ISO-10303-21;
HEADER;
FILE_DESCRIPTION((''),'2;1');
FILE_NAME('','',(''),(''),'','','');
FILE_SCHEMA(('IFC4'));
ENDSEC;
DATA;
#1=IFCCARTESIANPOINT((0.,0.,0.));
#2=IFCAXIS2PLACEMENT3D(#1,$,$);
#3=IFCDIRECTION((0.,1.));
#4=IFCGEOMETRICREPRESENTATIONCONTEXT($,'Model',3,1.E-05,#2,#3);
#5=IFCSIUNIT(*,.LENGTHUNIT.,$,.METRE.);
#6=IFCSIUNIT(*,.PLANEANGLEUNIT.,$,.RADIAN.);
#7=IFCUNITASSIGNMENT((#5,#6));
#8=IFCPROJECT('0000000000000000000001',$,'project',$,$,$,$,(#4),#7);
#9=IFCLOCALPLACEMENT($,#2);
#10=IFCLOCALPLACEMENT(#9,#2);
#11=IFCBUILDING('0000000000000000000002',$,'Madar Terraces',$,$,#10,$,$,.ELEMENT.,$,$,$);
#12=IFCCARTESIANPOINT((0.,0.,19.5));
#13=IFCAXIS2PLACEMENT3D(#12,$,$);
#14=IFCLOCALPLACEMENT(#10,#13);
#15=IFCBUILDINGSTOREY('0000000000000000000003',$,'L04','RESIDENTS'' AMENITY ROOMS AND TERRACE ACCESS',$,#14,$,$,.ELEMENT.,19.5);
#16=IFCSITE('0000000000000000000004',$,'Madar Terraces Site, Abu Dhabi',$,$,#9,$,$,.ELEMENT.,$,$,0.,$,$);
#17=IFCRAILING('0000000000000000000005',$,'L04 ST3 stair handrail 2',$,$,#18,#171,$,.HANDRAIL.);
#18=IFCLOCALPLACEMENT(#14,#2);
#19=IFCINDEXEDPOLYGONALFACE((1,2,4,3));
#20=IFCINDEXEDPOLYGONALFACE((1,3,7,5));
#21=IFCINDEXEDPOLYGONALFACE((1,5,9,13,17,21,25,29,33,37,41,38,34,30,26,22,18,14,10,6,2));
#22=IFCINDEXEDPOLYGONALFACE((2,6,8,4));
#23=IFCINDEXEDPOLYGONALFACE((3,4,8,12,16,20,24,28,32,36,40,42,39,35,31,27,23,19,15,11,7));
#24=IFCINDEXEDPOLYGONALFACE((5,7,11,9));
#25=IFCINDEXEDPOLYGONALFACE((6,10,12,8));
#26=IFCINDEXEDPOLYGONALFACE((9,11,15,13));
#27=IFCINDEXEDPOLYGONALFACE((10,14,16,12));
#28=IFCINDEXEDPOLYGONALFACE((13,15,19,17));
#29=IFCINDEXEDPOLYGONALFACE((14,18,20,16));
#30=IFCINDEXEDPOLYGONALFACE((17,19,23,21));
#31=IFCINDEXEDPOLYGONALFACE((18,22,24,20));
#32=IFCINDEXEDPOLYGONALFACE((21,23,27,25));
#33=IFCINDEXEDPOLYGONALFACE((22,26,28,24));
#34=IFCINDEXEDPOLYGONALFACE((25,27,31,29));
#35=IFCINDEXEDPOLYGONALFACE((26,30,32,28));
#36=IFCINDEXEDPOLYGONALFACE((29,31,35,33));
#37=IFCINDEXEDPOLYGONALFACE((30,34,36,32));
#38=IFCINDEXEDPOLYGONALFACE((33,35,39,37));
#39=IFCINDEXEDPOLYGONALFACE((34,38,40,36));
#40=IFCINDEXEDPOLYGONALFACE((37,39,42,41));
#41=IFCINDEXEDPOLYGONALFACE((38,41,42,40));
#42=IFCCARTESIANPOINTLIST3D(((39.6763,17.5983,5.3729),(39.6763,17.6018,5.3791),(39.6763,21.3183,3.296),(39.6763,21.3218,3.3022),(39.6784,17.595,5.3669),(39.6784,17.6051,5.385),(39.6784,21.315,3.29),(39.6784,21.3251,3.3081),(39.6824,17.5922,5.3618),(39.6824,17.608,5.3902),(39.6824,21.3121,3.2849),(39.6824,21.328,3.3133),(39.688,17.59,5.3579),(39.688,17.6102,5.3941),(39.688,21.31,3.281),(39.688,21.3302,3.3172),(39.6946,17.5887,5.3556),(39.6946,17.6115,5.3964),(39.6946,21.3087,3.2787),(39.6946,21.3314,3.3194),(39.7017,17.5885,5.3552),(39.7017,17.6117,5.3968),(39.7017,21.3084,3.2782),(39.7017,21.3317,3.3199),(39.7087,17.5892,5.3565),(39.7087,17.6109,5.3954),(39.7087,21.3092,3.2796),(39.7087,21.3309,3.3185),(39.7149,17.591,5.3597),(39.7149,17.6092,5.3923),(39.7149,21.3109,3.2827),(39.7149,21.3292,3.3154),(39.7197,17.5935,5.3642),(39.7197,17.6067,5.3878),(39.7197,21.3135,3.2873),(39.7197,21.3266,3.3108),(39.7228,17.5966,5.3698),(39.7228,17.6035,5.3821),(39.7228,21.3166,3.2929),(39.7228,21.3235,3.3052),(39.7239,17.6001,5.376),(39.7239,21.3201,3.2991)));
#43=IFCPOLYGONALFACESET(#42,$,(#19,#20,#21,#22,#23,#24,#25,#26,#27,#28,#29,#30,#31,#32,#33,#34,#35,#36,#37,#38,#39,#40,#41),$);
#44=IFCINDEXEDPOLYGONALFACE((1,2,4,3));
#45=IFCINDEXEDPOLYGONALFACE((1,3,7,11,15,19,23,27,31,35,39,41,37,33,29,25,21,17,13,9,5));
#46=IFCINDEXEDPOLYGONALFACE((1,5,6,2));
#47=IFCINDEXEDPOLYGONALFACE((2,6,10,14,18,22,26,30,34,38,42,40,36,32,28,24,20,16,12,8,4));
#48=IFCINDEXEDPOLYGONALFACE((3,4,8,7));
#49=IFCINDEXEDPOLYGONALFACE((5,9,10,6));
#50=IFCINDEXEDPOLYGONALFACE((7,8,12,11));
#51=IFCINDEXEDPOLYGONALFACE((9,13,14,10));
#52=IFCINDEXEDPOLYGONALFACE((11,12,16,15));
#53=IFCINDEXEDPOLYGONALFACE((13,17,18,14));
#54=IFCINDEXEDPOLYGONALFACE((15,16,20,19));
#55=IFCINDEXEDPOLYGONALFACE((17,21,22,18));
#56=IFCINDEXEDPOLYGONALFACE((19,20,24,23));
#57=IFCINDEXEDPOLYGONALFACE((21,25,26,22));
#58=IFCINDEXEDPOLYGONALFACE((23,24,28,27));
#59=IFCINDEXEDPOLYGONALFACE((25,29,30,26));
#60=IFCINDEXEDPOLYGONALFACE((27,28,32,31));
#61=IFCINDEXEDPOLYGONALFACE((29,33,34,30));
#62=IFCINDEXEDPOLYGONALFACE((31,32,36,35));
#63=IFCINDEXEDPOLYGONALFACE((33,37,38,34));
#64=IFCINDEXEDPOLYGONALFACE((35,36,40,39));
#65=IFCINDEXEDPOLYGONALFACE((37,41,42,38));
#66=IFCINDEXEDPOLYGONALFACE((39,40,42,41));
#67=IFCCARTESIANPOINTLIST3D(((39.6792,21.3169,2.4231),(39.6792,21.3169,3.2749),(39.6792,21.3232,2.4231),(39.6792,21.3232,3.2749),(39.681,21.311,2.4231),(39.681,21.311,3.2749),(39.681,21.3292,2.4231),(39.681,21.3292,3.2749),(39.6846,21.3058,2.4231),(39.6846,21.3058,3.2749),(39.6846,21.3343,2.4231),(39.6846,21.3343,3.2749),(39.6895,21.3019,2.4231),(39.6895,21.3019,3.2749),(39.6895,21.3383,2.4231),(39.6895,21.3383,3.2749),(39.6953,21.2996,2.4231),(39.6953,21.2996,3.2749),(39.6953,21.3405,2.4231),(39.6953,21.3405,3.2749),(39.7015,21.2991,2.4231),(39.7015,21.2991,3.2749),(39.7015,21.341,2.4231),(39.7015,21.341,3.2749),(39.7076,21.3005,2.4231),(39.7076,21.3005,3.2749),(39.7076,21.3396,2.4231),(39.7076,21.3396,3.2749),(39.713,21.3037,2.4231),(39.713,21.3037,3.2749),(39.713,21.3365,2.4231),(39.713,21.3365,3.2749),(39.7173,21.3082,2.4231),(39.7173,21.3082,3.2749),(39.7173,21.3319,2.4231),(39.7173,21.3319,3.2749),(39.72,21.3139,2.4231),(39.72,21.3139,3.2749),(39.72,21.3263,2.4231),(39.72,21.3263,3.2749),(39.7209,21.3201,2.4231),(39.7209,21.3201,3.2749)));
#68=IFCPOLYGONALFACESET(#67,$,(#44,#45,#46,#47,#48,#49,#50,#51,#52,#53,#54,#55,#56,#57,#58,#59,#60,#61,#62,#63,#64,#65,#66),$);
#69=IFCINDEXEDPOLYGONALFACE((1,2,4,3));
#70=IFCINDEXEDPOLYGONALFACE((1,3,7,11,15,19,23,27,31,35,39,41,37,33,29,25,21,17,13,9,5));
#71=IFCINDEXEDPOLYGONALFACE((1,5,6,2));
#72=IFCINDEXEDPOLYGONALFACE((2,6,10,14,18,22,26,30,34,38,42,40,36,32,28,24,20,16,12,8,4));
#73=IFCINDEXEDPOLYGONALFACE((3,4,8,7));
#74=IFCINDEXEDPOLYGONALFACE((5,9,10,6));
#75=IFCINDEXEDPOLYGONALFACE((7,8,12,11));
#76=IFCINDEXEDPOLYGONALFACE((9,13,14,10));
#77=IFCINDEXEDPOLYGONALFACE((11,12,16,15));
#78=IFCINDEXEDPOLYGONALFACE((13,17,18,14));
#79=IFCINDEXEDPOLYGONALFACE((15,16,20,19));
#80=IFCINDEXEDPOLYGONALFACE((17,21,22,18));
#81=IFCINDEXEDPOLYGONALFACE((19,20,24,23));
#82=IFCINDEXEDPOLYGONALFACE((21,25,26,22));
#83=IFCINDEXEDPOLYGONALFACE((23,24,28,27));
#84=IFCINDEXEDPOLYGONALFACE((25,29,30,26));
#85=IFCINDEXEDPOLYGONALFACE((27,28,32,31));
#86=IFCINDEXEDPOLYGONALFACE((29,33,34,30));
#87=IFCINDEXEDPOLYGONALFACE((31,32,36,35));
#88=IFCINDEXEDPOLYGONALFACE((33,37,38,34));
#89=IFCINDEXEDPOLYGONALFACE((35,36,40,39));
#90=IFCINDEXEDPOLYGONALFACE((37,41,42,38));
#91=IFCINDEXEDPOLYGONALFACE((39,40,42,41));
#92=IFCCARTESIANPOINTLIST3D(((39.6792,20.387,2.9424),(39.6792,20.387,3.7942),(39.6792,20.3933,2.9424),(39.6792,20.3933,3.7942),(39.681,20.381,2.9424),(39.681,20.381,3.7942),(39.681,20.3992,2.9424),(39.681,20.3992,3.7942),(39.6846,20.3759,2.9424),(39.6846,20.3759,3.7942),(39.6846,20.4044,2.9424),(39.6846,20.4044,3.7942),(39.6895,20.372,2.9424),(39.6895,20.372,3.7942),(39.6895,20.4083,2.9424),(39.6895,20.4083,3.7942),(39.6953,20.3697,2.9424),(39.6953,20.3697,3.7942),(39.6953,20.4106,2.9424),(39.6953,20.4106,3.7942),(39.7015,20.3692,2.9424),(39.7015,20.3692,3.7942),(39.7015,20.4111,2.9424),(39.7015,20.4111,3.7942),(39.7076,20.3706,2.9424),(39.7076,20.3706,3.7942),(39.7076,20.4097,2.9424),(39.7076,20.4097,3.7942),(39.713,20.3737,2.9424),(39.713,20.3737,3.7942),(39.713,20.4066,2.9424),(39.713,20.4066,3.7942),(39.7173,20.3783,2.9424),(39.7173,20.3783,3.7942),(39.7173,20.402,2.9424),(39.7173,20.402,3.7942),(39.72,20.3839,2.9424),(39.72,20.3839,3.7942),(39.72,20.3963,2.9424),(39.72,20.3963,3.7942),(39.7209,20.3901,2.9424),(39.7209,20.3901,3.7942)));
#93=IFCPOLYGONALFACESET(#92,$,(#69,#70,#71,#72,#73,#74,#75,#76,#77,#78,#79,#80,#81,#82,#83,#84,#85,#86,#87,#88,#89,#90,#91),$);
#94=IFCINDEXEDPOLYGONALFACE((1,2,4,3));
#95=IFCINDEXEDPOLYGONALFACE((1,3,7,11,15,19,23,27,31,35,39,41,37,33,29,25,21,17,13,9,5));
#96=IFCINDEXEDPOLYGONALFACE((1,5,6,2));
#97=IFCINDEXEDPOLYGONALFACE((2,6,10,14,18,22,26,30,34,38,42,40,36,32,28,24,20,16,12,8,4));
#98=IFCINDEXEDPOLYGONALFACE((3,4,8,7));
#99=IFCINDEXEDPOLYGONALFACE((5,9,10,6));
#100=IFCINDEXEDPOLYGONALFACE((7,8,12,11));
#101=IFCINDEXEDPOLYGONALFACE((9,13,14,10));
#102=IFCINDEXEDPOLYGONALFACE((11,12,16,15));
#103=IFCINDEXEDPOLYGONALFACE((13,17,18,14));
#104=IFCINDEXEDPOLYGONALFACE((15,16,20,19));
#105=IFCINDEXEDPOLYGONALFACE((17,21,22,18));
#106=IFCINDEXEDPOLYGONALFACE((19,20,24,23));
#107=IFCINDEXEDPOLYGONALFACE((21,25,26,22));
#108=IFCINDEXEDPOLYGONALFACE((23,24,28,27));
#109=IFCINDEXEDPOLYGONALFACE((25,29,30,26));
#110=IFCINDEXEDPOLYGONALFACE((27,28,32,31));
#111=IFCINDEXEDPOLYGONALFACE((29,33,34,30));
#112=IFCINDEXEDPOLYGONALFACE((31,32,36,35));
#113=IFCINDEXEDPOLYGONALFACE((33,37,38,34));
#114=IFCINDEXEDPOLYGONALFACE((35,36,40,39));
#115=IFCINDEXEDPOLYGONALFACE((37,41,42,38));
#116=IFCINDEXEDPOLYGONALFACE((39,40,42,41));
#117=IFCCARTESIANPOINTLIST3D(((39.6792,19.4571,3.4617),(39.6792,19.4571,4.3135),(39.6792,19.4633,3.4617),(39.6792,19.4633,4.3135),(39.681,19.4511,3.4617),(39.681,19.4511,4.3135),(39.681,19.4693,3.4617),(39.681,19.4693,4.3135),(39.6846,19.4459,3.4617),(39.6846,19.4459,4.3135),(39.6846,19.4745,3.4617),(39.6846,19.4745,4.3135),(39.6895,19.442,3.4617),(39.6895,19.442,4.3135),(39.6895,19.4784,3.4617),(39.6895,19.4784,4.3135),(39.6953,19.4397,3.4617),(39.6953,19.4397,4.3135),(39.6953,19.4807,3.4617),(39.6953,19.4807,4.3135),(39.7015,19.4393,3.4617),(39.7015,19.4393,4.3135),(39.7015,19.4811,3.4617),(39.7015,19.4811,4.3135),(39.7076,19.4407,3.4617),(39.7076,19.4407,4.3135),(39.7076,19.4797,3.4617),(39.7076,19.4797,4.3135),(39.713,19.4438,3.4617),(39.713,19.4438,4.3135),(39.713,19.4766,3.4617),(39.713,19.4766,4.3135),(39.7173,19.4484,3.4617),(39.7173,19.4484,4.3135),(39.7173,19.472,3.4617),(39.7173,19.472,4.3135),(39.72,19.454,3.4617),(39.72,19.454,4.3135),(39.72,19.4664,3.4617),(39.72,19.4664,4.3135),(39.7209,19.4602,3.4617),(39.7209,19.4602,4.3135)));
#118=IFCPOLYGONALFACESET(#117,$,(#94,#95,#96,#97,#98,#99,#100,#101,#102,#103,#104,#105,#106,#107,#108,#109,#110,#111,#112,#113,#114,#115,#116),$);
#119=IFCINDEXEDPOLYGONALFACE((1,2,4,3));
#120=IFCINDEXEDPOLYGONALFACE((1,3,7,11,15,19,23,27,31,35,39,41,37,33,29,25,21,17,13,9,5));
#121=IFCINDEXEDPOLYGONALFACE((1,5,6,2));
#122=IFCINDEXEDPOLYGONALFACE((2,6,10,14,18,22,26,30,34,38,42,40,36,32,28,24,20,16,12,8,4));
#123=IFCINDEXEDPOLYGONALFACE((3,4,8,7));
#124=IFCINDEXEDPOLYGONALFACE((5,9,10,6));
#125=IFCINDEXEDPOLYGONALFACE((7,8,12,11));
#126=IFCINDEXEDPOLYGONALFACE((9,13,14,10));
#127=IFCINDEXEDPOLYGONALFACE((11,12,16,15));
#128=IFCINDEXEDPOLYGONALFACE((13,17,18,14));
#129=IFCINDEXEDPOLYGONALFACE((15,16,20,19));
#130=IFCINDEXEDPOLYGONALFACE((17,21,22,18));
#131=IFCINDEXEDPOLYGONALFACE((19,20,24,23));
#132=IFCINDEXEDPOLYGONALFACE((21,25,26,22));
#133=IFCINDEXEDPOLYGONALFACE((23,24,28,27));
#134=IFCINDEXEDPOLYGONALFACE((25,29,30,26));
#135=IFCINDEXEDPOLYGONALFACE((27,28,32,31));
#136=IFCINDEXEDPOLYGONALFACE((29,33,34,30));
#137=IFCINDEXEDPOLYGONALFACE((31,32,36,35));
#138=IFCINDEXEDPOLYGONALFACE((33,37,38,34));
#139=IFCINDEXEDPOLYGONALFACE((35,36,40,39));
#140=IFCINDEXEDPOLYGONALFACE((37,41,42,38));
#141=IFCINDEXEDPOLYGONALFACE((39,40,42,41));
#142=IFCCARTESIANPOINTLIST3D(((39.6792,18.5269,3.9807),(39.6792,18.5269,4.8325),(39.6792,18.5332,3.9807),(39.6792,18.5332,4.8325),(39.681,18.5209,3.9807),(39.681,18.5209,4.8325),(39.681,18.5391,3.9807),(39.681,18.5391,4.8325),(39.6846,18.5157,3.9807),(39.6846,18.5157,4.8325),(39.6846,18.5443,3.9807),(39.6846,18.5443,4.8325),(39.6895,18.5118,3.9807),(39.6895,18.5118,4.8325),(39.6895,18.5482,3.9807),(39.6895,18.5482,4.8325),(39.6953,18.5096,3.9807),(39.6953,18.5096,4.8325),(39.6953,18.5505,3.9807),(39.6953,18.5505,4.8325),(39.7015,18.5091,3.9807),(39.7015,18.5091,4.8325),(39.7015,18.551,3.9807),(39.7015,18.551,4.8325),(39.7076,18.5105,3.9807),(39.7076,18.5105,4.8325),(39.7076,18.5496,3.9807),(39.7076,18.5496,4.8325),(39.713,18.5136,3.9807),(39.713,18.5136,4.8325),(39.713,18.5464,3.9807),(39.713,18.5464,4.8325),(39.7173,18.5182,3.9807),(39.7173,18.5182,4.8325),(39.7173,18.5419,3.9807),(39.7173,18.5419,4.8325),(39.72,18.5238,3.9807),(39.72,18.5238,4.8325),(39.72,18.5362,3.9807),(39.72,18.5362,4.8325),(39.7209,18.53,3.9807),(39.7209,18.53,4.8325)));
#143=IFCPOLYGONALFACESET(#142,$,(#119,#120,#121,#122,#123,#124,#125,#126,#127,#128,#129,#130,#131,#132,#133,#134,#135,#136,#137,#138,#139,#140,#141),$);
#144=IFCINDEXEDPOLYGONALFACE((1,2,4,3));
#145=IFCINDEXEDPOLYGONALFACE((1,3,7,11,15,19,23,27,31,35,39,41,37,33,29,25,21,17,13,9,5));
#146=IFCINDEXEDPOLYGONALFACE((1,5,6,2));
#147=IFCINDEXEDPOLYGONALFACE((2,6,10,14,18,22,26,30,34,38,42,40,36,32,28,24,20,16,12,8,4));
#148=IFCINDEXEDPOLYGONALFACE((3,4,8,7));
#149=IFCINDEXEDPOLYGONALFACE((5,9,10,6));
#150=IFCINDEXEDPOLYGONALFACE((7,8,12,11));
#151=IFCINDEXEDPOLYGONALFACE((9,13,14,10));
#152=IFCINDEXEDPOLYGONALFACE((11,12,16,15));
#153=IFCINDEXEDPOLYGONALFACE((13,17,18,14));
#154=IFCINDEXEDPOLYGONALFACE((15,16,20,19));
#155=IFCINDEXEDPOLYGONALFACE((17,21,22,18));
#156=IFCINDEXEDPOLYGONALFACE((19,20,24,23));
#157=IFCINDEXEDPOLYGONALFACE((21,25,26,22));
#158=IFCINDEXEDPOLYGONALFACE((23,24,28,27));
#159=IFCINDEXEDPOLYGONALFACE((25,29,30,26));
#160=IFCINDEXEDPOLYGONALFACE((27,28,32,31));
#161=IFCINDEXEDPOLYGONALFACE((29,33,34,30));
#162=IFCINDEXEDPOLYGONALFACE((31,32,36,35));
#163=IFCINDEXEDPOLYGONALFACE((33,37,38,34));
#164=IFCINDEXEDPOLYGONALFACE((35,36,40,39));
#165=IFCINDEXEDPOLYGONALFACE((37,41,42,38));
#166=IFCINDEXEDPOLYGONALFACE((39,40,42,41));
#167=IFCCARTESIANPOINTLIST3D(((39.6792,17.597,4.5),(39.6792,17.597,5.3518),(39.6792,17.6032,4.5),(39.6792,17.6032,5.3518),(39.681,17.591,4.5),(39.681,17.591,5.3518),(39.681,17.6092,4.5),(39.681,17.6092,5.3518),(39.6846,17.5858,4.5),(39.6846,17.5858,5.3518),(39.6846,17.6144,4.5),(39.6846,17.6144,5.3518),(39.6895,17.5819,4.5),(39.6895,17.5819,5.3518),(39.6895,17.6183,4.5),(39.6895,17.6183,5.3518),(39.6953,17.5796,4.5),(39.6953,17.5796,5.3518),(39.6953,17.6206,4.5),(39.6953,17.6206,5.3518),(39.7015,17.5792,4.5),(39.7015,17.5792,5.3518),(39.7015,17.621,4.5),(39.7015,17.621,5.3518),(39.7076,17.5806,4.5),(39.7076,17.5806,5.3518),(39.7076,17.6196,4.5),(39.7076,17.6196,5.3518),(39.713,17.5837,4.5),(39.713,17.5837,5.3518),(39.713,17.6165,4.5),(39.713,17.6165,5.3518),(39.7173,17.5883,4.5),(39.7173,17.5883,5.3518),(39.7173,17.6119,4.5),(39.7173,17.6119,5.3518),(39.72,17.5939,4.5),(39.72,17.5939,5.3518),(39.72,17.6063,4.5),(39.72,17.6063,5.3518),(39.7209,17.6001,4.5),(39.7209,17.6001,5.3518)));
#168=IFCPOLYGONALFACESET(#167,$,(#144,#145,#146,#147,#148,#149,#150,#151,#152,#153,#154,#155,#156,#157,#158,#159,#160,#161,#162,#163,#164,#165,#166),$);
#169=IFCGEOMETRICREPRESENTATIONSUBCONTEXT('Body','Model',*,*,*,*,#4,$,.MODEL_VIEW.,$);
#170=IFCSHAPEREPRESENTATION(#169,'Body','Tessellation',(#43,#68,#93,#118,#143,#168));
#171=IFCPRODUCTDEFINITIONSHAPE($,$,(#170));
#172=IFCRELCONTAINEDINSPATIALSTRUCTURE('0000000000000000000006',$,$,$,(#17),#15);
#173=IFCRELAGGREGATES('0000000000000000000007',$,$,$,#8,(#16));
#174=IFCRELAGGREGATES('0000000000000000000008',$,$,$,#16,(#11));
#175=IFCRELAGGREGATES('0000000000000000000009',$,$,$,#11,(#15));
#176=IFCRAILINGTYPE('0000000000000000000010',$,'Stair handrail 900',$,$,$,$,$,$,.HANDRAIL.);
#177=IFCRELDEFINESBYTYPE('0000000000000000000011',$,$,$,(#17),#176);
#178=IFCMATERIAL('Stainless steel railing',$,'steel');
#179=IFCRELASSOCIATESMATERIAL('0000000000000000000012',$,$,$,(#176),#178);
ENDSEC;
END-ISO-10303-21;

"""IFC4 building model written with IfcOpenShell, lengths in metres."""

from ifc_helpers import new_model, si_unit, direction, frame, origin, origin_2d, place, context, subcontext, project, spatial, circle, extrude, material, type_object, element, save


model = new_model("IFC4")

# Units and contexts
model_context = context("Model", 3, precision=1e-05, world=origin(), true_north=direction((0.0, 1.0)))
body_context = subcontext(model_context, "Body", "Model", "MODEL_VIEW")
ifc_project = project(units=[si_unit("LENGTHUNIT", "METRE"), si_unit("PLANEANGLEUNIT", "RADIAN")], contexts=[model_context])

# Site, building, storey
site_placement = place(None, origin())
site = spatial("IfcSite", under=ifc_project, at=site_placement, Name="Madar Terraces Site, Abu Dhabi", CompositionType="ELEMENT", RefElevation=0.0)
building_placement = place(site_placement, origin())
building = spatial("IfcBuilding", under=site, at=building_placement, Name="Madar Terraces", CompositionType="ELEMENT")
storey_placement = place(building_placement, frame((0.0, 0.0, 19.5)))
storey = spatial("IfcBuildingStorey", under=building, at=storey_placement, Name="L04", Description="RESIDENTS' AMENITY ROOMS AND TERRACE ACCESS", CompositionType="ELEMENT", Elevation=19.5)

# Railing
ifc_material_1 = material(Name="Stainless steel railing", Category="steel")
railing_type_1 = type_object("IfcRailingType", Name="Stair handrail 900", PredefinedType="HANDRAIL", material=ifc_material_1)
railing_1_placement = place(storey_placement, frame((39.7, 21.3201, 2.4231)))
element("IfcRailing", 1, at=railing_1_placement, inside=storey, type_object=railing_type_1, Name="L04 ST3 stair handrail 2", PredefinedType="HANDRAIL", context=body_context, shape_type="SweptSolid", body=[
    extrude(circle(Radius=0.0239, at=origin_2d()), frame((0.0, 0.0, 0.876), z_axis=(0.0, -0.873134, 0.487481), x_axis=(1.0, 0.0, 0.0)), (0.0, 0.0, 1.0), 4.2605),
    extrude(circle(Radius=0.021, at=origin_2d()), origin(), (0.0, 0.0, 1.0), 0.8518),
    extrude(circle(Radius=0.021, at=origin_2d()), frame((0.0, -0.9299, 0.5193)), (0.0, 0.0, 1.0), 0.8518),
    extrude(circle(Radius=0.021, at=origin_2d()), frame((0.0, -1.8599, 1.0386)), (0.0, 0.0, 1.0), 0.8518),
    extrude(circle(Radius=0.021, at=origin_2d()), frame((0.0, -2.79, 1.5576)), (0.0, 0.0, 1.0), 0.8518),
    extrude(circle(Radius=0.021, at=origin_2d()), frame((0.0, -3.72, 2.0769)), (0.0, 0.0, 1.0), 0.8518),
])

save(model, "model.ifc")
